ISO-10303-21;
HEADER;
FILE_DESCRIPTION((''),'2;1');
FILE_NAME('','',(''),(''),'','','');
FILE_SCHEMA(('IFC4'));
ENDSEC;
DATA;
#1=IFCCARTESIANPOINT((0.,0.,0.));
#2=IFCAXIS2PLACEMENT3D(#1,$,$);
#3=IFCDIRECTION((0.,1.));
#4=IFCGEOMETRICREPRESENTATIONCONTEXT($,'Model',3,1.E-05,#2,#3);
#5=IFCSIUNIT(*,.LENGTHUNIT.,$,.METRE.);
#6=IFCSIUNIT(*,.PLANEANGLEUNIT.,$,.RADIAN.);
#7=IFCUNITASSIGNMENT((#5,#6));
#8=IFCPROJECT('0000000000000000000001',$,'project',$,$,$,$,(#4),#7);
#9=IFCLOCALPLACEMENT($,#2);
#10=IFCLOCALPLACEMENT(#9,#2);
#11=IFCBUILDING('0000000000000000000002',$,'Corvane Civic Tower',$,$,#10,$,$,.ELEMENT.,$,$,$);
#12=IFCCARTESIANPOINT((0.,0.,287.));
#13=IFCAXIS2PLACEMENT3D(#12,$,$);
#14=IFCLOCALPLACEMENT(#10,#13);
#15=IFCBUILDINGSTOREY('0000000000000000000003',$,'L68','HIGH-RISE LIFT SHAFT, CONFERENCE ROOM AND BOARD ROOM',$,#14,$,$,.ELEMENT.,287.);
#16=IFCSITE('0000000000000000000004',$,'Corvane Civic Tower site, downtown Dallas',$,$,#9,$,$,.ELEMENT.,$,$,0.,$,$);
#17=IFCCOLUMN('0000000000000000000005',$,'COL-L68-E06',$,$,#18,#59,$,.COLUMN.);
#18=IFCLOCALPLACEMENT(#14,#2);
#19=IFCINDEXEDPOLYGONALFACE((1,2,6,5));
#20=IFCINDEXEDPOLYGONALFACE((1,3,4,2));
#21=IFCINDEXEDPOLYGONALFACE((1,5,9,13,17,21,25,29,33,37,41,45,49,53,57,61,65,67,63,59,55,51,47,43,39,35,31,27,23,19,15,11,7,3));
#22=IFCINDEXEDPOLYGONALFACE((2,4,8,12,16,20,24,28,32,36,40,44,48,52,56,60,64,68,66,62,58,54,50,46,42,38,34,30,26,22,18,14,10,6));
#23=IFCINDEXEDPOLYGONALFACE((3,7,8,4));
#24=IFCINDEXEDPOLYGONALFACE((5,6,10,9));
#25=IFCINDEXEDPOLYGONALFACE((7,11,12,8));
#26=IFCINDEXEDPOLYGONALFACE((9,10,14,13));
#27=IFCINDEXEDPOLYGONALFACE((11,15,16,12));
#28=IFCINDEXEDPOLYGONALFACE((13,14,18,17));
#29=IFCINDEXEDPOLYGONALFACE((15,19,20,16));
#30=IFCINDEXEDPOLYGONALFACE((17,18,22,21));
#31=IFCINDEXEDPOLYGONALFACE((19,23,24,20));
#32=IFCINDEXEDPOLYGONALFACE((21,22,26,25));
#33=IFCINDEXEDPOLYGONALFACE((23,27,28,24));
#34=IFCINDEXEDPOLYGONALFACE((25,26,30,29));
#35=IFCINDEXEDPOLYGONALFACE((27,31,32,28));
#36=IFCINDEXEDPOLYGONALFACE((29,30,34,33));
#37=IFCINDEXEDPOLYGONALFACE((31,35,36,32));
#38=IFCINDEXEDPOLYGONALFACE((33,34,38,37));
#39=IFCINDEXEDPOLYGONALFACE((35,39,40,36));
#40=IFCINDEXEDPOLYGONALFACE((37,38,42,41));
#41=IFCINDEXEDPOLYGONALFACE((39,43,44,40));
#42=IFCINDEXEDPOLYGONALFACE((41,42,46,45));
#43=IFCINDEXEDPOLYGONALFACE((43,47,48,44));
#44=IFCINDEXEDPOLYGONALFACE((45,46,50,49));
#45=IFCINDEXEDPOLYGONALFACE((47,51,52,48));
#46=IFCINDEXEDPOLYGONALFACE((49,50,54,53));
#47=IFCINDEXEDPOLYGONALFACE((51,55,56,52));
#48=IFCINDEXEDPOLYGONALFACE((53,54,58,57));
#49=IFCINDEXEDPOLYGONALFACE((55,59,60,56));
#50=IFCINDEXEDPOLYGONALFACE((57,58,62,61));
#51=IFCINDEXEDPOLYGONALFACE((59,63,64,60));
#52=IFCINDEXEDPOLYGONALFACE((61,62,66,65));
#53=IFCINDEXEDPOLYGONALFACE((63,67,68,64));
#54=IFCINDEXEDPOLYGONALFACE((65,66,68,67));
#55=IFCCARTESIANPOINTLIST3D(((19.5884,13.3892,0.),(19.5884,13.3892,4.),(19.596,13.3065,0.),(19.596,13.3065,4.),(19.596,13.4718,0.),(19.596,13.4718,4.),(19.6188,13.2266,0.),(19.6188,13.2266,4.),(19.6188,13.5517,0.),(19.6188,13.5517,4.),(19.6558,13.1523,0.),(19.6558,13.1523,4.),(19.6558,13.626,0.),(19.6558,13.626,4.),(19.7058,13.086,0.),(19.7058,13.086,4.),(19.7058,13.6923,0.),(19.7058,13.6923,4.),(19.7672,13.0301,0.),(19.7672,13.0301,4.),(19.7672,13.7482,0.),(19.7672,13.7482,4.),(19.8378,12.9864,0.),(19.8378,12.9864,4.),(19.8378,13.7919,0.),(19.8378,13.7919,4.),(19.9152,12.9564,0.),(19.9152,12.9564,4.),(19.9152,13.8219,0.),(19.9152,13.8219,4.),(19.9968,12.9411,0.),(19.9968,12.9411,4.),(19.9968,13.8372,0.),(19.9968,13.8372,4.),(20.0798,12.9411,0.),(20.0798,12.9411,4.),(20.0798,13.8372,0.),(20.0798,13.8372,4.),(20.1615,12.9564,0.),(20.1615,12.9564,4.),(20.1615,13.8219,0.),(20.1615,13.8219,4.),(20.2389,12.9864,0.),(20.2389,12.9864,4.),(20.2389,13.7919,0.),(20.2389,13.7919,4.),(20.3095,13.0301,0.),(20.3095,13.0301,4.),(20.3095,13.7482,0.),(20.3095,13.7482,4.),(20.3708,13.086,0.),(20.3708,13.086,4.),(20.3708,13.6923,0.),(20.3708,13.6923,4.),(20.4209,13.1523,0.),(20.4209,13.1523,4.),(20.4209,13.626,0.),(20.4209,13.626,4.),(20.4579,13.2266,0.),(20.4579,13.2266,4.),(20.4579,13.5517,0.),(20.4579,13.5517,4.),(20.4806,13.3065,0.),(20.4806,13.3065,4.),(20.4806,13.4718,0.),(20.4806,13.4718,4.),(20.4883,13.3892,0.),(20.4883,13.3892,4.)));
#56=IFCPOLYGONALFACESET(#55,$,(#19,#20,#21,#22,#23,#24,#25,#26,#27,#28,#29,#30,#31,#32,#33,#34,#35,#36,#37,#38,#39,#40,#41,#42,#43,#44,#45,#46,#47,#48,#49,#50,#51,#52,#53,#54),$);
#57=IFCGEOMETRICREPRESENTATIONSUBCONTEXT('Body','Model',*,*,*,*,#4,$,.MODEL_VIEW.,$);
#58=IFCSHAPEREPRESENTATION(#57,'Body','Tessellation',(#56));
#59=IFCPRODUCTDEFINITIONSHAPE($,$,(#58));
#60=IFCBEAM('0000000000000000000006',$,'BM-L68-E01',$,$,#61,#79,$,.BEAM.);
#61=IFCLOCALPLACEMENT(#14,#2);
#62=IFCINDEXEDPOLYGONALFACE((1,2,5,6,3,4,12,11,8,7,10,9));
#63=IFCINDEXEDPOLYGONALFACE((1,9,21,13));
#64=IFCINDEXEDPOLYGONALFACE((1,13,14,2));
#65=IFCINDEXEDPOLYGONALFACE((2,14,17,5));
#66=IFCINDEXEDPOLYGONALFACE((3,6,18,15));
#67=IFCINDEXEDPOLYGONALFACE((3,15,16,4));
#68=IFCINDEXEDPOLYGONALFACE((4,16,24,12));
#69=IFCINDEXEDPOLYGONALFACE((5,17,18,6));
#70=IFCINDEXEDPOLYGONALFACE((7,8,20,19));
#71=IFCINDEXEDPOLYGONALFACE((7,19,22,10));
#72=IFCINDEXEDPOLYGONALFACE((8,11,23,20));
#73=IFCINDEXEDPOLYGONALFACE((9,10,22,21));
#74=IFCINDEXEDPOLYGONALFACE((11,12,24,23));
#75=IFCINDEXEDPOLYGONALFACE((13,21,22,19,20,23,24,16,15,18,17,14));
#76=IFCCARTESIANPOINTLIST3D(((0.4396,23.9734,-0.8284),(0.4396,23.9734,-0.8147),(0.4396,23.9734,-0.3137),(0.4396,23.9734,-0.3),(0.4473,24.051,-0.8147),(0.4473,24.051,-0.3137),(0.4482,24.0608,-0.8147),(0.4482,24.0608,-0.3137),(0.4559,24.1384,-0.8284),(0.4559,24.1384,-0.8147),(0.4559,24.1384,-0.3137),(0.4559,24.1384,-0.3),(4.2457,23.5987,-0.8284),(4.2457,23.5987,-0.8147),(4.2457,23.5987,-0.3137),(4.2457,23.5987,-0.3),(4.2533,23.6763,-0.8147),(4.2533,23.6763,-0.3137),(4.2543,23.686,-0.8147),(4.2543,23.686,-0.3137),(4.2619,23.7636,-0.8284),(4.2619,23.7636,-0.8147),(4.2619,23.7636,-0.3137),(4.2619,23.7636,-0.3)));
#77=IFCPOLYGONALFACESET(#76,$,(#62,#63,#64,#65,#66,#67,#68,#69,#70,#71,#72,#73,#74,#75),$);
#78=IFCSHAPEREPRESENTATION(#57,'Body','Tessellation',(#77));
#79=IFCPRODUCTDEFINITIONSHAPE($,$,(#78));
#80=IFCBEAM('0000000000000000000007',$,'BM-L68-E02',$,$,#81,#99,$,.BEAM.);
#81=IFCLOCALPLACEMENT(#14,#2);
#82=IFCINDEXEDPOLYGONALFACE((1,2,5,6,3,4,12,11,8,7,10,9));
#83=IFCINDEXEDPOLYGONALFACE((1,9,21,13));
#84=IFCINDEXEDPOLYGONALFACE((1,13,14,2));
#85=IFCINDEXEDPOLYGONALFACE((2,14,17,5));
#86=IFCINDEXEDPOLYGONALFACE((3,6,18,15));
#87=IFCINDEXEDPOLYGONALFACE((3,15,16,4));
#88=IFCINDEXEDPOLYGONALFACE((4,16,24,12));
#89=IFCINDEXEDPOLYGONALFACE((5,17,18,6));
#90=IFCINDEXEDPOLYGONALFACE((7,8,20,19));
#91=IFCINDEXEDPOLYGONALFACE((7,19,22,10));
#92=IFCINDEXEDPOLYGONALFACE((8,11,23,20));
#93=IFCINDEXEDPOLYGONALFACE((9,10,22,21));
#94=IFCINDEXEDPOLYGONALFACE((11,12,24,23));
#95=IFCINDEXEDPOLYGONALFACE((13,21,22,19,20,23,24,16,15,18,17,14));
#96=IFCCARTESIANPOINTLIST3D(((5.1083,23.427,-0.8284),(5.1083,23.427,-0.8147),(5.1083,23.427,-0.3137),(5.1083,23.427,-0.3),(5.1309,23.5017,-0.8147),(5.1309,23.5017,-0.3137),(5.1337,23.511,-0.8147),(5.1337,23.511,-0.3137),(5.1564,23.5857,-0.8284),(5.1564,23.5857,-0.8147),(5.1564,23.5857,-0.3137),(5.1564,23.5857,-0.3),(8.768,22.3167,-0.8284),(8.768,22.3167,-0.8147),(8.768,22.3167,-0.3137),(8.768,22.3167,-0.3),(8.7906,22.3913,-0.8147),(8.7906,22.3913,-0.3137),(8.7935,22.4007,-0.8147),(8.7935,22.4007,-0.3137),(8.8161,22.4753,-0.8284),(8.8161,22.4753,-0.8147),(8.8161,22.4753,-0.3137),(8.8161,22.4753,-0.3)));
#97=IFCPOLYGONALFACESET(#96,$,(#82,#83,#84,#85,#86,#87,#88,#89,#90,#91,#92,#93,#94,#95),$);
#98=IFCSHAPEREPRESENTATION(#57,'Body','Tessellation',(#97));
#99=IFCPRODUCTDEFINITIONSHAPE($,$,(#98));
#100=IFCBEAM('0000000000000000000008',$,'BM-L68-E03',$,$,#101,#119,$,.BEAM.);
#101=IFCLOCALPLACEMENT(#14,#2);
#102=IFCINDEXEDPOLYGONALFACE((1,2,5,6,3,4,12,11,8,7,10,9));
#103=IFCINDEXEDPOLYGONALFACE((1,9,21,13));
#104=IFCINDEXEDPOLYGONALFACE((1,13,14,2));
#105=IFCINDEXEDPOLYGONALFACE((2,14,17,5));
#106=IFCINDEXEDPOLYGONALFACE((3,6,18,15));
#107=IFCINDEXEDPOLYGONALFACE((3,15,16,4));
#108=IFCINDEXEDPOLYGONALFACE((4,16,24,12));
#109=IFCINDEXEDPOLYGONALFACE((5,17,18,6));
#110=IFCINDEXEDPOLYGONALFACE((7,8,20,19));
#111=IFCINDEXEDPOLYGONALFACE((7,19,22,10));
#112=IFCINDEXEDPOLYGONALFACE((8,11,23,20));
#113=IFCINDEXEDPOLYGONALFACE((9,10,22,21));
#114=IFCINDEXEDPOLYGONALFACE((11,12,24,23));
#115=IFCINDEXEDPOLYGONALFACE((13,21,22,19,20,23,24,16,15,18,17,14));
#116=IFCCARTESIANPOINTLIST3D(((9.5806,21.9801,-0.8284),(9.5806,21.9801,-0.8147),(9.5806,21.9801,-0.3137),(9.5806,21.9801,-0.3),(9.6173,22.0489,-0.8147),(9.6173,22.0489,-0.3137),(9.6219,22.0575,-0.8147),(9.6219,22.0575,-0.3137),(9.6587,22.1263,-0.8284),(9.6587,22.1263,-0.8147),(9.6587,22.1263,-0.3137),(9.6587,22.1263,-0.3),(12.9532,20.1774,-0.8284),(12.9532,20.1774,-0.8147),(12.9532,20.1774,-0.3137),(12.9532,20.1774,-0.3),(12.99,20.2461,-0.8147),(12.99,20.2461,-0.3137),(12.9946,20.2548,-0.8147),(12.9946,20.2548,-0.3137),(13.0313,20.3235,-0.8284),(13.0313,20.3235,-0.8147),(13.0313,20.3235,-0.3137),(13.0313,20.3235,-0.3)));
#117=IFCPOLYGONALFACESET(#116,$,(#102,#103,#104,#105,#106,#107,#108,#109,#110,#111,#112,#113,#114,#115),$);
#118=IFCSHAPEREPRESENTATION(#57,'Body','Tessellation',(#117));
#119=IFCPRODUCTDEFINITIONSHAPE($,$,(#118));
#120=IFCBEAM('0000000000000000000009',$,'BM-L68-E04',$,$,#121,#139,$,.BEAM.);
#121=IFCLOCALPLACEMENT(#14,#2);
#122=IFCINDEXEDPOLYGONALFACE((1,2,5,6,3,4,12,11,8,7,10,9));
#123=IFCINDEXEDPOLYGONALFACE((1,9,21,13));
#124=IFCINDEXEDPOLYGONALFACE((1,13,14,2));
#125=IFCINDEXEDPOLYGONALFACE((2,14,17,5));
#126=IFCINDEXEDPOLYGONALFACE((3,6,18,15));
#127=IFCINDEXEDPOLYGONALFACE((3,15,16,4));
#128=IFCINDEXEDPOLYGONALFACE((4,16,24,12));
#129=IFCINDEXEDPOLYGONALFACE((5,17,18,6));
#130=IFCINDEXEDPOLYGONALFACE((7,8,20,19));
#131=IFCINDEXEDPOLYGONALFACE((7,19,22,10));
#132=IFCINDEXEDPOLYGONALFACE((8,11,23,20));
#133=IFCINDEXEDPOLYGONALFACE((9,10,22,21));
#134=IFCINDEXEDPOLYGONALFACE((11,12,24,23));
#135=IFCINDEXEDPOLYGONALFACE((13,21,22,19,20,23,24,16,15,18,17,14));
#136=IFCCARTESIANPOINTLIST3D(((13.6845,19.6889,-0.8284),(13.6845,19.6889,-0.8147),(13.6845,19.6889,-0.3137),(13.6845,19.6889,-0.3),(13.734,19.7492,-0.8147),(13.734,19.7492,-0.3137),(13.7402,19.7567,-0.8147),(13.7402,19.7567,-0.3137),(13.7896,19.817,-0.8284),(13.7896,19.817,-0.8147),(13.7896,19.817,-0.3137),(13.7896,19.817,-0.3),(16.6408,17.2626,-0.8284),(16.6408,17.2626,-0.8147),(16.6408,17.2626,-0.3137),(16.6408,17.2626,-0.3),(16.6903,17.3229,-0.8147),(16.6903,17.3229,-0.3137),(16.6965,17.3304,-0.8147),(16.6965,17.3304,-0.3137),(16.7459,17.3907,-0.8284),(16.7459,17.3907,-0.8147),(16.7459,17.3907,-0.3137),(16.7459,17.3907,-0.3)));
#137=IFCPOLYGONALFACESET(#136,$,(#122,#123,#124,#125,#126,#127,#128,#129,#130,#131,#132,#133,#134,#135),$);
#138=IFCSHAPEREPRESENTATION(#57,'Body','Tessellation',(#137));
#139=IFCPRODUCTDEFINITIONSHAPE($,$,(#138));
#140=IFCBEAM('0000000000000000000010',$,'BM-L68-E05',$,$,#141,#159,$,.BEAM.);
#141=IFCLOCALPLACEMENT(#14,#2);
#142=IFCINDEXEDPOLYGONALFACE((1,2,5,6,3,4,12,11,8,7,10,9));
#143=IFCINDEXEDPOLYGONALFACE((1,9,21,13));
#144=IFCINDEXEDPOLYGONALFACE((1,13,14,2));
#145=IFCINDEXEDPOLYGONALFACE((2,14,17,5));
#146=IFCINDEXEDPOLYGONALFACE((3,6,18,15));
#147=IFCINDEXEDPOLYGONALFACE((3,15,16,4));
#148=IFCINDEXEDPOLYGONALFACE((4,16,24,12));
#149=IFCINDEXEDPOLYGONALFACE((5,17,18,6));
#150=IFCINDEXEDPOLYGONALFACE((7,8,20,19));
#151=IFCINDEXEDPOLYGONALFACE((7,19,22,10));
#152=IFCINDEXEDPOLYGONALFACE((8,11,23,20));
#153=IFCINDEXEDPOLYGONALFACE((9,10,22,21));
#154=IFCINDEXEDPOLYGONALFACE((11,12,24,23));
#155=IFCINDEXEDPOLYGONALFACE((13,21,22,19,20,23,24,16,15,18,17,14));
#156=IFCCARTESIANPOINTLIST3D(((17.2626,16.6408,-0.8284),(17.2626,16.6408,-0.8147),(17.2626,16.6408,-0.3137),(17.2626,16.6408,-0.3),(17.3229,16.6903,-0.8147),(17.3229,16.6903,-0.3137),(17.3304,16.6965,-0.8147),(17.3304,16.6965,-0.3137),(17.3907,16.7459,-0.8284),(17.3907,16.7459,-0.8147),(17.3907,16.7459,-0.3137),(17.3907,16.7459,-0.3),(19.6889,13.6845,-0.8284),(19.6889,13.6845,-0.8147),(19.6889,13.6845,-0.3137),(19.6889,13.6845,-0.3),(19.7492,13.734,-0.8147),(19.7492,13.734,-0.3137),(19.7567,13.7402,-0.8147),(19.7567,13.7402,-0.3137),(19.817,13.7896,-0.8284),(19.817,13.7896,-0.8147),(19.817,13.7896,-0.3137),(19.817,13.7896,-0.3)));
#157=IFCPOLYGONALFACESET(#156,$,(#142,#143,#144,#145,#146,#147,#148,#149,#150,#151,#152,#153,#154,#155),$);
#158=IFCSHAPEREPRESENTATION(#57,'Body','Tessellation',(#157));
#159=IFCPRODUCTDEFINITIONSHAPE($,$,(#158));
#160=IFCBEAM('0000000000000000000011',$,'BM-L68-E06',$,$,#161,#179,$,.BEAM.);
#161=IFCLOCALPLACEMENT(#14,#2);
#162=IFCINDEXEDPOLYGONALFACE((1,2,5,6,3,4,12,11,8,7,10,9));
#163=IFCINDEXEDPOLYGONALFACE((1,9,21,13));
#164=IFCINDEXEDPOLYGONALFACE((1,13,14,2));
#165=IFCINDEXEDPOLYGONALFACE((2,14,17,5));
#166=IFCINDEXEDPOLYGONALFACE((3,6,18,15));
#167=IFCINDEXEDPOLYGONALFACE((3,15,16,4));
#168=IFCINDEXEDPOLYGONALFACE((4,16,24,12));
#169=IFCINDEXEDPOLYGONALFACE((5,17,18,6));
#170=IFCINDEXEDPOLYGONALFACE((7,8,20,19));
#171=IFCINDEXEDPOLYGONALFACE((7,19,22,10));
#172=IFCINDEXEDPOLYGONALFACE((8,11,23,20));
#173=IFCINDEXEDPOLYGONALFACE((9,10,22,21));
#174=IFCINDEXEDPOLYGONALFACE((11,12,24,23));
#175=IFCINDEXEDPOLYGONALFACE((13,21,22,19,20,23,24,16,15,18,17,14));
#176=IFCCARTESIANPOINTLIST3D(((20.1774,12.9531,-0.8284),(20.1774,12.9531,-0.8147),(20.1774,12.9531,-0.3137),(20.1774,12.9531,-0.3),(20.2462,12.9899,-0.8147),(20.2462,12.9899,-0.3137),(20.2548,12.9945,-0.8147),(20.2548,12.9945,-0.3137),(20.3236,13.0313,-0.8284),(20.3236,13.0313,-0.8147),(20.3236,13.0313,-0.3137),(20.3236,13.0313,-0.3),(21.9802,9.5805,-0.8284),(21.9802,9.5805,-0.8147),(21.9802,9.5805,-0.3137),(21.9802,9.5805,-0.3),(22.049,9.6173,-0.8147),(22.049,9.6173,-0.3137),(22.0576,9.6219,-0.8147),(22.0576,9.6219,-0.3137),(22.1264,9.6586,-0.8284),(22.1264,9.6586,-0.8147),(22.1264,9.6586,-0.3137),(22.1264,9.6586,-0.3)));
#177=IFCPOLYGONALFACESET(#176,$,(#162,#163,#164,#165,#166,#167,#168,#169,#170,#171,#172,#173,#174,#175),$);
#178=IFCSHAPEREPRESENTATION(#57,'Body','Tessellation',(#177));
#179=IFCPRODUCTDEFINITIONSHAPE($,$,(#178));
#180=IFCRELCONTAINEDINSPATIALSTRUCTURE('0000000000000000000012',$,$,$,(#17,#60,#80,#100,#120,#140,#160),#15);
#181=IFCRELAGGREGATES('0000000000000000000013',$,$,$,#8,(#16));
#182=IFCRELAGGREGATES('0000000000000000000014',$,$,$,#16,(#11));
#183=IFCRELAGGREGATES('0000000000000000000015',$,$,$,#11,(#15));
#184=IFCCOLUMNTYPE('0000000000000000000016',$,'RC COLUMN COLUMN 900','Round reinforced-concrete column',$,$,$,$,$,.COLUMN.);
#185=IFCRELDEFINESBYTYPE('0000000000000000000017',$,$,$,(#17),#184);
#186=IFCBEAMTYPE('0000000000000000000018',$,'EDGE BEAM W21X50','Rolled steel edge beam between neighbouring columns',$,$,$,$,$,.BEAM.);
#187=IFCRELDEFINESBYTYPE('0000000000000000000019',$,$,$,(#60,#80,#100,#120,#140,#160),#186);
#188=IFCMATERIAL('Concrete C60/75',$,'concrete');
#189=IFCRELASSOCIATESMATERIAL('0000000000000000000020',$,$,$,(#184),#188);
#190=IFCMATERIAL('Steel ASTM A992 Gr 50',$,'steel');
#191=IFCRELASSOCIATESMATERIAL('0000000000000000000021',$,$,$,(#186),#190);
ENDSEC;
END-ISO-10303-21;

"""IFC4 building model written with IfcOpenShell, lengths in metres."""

from ifc_helpers import new_model, si_unit, direction, frame, origin, origin_2d, place, context, subcontext, project, spatial, circle, i_section, extrude, material, material_profile, profile_set, type_object, element, save


model = new_model("IFC4")

# Units and contexts
model_context = context("Model", 3, precision=1e-05, world=origin(), true_north=direction((0.0, 1.0)))
body_context = subcontext(model_context, "Body", "Model", "MODEL_VIEW")
ifc_project = project(units=[si_unit("LENGTHUNIT", "METRE"), si_unit("PLANEANGLEUNIT", "RADIAN")], contexts=[model_context])

# Site, building, storey
site_placement = place(None, origin())
site = spatial("IfcSite", under=ifc_project, at=site_placement, Name="Corvane Civic Tower site, downtown Dallas", CompositionType="ELEMENT", RefElevation=0.0)
building_placement = place(site_placement, origin())
building = spatial("IfcBuilding", under=site, at=building_placement, Name="Corvane Civic Tower", CompositionType="ELEMENT")
storey_placement = place(building_placement, frame((0.0, 0.0, 287.0)))
storey = spatial("IfcBuildingStorey", under=building, at=storey_placement, Name="L68", Description="HIGH-RISE LIFT SHAFT, CONFERENCE ROOM AND BOARD ROOM", CompositionType="ELEMENT", Elevation=287.0)

# Column
ifc_material_1 = material(Name="Concrete C60/75", Category="concrete")
ifc_material_profile_1 = material_profile(ifc_material_1, circle(Radius=0.45, at=origin_2d()), Name="COLUMN 900")
ifc_profile_set_1 = profile_set([ifc_material_profile_1], Name="Concrete C60/75")
column_type = type_object("IfcColumnType", Name="RC COLUMN COLUMN 900", Description="Round reinforced-concrete column", PredefinedType="COLUMN", material=ifc_profile_set_1)
for number, where, z_axis, x_axis, name in (
    (1, (20.0383, 13.3892, 0.0), (0.0, 0.0, 1.0), (1.0, 0.0, 0.0), "COL-L68-E06"),
):
    element("IfcColumn", number, at=place(storey_placement, frame(where, z_axis=z_axis, x_axis=x_axis)), inside=storey, type_object=column_type, Name=name, PredefinedType="COLUMN", context=body_context, shape_type="SweptSolid", body=[
        extrude(circle(Radius=0.45, at=origin_2d()), origin(), (0.0, 0.0, 1.0), 4.0),
    ])

# Beams
ifc_material_2 = material(Name="Steel ASTM A992 Gr 50", Category="steel")
ifc_material_profile_2 = material_profile(ifc_material_2, i_section(OverallWidth=0.1658, OverallDepth=0.5283, WebThickness=0.0098, FlangeThickness=0.0137, at=origin_2d()), Name="W21X50")
ifc_profile_set_2 = profile_set([ifc_material_profile_2], Name="Steel ASTM A992 Gr 50")
beam_type_1 = type_object("IfcBeamType", Name="EDGE BEAM W21X50", Description="Rolled steel edge beam between neighbouring columns", PredefinedType="BEAM", material=ifc_profile_set_2)
for number, where, z_axis, x_axis, name in (
    (2, (0.4478, 24.0559, -0.5642), (0.995188, -0.097987, 0.0), (0.097987, 0.995188, 0.0), "BM-L68-E01"),
    (3, (5.1323, 23.5063, -0.5642), (0.956926, -0.290333, 0.0), (0.290333, 0.956926, 0.0), "BM-L68-E02"),
):
    element("IfcBeam", number, at=place(storey_placement, frame(where, z_axis=z_axis, x_axis=x_axis)), inside=storey, type_object=beam_type_1, Name=name, PredefinedType="BEAM", context=body_context, shape_type="SweptSolid", body=[
        extrude(i_section(OverallWidth=0.1658, OverallDepth=0.5283, WebThickness=0.0098, FlangeThickness=0.0137, at=origin_2d()), origin(), (0.0, 0.0, 1.0), 3.8245),
    ])
beam_1_placement = place(storey_placement, frame((9.6196, 22.0532, -0.5642), z_axis=(0.881914, -0.47141, 0.0), x_axis=(0.47141, 0.881914, 0.0)))
element("IfcBeam", 4, at=beam_1_placement, inside=storey, type_object=beam_type_1, Name="BM-L68-E03", PredefinedType="BEAM", context=body_context, shape_type="SweptSolid", body=[
    extrude(i_section(OverallWidth=0.1658, OverallDepth=0.5283, WebThickness=0.0098, FlangeThickness=0.0137, at=origin_2d()), origin(), (0.0, 0.0, 1.0), 3.8242),
])
for number, where, z_axis, x_axis, name in (
    (5, (13.7371, 19.7529, -0.5642), (0.772998, -0.634409, 0.0), (0.634409, 0.772998, 0.0), "BM-L68-E04"),
    (6, (17.3267, 16.6934, -0.5642), (0.634409, -0.772998, 0.0), (0.772998, 0.634409, 0.0), "BM-L68-E05"),
):
    element("IfcBeam", number, at=place(storey_placement, frame(where, z_axis=z_axis, x_axis=x_axis)), inside=storey, type_object=beam_type_1, Name=name, PredefinedType="BEAM", context=body_context, shape_type="SweptSolid", body=[
        extrude(i_section(OverallWidth=0.1658, OverallDepth=0.5283, WebThickness=0.0098, FlangeThickness=0.0137, at=origin_2d()), origin(), (0.0, 0.0, 1.0), 3.8245),
    ])
beam_2_placement = place(storey_placement, frame((20.2505, 12.9922, -0.5642), z_axis=(0.47141, -0.881914, 0.0), x_axis=(0.881914, 0.47141, 0.0)))
element("IfcBeam", 7, at=beam_2_placement, inside=storey, type_object=beam_type_1, Name="BM-L68-E06", PredefinedType="BEAM", context=body_context, shape_type="SweptSolid", body=[
    extrude(i_section(OverallWidth=0.1658, OverallDepth=0.5283, WebThickness=0.0098, FlangeThickness=0.0137, at=origin_2d()), origin(), (0.0, 0.0, 1.0), 3.8242),
])

save(model, "model.ifc")
